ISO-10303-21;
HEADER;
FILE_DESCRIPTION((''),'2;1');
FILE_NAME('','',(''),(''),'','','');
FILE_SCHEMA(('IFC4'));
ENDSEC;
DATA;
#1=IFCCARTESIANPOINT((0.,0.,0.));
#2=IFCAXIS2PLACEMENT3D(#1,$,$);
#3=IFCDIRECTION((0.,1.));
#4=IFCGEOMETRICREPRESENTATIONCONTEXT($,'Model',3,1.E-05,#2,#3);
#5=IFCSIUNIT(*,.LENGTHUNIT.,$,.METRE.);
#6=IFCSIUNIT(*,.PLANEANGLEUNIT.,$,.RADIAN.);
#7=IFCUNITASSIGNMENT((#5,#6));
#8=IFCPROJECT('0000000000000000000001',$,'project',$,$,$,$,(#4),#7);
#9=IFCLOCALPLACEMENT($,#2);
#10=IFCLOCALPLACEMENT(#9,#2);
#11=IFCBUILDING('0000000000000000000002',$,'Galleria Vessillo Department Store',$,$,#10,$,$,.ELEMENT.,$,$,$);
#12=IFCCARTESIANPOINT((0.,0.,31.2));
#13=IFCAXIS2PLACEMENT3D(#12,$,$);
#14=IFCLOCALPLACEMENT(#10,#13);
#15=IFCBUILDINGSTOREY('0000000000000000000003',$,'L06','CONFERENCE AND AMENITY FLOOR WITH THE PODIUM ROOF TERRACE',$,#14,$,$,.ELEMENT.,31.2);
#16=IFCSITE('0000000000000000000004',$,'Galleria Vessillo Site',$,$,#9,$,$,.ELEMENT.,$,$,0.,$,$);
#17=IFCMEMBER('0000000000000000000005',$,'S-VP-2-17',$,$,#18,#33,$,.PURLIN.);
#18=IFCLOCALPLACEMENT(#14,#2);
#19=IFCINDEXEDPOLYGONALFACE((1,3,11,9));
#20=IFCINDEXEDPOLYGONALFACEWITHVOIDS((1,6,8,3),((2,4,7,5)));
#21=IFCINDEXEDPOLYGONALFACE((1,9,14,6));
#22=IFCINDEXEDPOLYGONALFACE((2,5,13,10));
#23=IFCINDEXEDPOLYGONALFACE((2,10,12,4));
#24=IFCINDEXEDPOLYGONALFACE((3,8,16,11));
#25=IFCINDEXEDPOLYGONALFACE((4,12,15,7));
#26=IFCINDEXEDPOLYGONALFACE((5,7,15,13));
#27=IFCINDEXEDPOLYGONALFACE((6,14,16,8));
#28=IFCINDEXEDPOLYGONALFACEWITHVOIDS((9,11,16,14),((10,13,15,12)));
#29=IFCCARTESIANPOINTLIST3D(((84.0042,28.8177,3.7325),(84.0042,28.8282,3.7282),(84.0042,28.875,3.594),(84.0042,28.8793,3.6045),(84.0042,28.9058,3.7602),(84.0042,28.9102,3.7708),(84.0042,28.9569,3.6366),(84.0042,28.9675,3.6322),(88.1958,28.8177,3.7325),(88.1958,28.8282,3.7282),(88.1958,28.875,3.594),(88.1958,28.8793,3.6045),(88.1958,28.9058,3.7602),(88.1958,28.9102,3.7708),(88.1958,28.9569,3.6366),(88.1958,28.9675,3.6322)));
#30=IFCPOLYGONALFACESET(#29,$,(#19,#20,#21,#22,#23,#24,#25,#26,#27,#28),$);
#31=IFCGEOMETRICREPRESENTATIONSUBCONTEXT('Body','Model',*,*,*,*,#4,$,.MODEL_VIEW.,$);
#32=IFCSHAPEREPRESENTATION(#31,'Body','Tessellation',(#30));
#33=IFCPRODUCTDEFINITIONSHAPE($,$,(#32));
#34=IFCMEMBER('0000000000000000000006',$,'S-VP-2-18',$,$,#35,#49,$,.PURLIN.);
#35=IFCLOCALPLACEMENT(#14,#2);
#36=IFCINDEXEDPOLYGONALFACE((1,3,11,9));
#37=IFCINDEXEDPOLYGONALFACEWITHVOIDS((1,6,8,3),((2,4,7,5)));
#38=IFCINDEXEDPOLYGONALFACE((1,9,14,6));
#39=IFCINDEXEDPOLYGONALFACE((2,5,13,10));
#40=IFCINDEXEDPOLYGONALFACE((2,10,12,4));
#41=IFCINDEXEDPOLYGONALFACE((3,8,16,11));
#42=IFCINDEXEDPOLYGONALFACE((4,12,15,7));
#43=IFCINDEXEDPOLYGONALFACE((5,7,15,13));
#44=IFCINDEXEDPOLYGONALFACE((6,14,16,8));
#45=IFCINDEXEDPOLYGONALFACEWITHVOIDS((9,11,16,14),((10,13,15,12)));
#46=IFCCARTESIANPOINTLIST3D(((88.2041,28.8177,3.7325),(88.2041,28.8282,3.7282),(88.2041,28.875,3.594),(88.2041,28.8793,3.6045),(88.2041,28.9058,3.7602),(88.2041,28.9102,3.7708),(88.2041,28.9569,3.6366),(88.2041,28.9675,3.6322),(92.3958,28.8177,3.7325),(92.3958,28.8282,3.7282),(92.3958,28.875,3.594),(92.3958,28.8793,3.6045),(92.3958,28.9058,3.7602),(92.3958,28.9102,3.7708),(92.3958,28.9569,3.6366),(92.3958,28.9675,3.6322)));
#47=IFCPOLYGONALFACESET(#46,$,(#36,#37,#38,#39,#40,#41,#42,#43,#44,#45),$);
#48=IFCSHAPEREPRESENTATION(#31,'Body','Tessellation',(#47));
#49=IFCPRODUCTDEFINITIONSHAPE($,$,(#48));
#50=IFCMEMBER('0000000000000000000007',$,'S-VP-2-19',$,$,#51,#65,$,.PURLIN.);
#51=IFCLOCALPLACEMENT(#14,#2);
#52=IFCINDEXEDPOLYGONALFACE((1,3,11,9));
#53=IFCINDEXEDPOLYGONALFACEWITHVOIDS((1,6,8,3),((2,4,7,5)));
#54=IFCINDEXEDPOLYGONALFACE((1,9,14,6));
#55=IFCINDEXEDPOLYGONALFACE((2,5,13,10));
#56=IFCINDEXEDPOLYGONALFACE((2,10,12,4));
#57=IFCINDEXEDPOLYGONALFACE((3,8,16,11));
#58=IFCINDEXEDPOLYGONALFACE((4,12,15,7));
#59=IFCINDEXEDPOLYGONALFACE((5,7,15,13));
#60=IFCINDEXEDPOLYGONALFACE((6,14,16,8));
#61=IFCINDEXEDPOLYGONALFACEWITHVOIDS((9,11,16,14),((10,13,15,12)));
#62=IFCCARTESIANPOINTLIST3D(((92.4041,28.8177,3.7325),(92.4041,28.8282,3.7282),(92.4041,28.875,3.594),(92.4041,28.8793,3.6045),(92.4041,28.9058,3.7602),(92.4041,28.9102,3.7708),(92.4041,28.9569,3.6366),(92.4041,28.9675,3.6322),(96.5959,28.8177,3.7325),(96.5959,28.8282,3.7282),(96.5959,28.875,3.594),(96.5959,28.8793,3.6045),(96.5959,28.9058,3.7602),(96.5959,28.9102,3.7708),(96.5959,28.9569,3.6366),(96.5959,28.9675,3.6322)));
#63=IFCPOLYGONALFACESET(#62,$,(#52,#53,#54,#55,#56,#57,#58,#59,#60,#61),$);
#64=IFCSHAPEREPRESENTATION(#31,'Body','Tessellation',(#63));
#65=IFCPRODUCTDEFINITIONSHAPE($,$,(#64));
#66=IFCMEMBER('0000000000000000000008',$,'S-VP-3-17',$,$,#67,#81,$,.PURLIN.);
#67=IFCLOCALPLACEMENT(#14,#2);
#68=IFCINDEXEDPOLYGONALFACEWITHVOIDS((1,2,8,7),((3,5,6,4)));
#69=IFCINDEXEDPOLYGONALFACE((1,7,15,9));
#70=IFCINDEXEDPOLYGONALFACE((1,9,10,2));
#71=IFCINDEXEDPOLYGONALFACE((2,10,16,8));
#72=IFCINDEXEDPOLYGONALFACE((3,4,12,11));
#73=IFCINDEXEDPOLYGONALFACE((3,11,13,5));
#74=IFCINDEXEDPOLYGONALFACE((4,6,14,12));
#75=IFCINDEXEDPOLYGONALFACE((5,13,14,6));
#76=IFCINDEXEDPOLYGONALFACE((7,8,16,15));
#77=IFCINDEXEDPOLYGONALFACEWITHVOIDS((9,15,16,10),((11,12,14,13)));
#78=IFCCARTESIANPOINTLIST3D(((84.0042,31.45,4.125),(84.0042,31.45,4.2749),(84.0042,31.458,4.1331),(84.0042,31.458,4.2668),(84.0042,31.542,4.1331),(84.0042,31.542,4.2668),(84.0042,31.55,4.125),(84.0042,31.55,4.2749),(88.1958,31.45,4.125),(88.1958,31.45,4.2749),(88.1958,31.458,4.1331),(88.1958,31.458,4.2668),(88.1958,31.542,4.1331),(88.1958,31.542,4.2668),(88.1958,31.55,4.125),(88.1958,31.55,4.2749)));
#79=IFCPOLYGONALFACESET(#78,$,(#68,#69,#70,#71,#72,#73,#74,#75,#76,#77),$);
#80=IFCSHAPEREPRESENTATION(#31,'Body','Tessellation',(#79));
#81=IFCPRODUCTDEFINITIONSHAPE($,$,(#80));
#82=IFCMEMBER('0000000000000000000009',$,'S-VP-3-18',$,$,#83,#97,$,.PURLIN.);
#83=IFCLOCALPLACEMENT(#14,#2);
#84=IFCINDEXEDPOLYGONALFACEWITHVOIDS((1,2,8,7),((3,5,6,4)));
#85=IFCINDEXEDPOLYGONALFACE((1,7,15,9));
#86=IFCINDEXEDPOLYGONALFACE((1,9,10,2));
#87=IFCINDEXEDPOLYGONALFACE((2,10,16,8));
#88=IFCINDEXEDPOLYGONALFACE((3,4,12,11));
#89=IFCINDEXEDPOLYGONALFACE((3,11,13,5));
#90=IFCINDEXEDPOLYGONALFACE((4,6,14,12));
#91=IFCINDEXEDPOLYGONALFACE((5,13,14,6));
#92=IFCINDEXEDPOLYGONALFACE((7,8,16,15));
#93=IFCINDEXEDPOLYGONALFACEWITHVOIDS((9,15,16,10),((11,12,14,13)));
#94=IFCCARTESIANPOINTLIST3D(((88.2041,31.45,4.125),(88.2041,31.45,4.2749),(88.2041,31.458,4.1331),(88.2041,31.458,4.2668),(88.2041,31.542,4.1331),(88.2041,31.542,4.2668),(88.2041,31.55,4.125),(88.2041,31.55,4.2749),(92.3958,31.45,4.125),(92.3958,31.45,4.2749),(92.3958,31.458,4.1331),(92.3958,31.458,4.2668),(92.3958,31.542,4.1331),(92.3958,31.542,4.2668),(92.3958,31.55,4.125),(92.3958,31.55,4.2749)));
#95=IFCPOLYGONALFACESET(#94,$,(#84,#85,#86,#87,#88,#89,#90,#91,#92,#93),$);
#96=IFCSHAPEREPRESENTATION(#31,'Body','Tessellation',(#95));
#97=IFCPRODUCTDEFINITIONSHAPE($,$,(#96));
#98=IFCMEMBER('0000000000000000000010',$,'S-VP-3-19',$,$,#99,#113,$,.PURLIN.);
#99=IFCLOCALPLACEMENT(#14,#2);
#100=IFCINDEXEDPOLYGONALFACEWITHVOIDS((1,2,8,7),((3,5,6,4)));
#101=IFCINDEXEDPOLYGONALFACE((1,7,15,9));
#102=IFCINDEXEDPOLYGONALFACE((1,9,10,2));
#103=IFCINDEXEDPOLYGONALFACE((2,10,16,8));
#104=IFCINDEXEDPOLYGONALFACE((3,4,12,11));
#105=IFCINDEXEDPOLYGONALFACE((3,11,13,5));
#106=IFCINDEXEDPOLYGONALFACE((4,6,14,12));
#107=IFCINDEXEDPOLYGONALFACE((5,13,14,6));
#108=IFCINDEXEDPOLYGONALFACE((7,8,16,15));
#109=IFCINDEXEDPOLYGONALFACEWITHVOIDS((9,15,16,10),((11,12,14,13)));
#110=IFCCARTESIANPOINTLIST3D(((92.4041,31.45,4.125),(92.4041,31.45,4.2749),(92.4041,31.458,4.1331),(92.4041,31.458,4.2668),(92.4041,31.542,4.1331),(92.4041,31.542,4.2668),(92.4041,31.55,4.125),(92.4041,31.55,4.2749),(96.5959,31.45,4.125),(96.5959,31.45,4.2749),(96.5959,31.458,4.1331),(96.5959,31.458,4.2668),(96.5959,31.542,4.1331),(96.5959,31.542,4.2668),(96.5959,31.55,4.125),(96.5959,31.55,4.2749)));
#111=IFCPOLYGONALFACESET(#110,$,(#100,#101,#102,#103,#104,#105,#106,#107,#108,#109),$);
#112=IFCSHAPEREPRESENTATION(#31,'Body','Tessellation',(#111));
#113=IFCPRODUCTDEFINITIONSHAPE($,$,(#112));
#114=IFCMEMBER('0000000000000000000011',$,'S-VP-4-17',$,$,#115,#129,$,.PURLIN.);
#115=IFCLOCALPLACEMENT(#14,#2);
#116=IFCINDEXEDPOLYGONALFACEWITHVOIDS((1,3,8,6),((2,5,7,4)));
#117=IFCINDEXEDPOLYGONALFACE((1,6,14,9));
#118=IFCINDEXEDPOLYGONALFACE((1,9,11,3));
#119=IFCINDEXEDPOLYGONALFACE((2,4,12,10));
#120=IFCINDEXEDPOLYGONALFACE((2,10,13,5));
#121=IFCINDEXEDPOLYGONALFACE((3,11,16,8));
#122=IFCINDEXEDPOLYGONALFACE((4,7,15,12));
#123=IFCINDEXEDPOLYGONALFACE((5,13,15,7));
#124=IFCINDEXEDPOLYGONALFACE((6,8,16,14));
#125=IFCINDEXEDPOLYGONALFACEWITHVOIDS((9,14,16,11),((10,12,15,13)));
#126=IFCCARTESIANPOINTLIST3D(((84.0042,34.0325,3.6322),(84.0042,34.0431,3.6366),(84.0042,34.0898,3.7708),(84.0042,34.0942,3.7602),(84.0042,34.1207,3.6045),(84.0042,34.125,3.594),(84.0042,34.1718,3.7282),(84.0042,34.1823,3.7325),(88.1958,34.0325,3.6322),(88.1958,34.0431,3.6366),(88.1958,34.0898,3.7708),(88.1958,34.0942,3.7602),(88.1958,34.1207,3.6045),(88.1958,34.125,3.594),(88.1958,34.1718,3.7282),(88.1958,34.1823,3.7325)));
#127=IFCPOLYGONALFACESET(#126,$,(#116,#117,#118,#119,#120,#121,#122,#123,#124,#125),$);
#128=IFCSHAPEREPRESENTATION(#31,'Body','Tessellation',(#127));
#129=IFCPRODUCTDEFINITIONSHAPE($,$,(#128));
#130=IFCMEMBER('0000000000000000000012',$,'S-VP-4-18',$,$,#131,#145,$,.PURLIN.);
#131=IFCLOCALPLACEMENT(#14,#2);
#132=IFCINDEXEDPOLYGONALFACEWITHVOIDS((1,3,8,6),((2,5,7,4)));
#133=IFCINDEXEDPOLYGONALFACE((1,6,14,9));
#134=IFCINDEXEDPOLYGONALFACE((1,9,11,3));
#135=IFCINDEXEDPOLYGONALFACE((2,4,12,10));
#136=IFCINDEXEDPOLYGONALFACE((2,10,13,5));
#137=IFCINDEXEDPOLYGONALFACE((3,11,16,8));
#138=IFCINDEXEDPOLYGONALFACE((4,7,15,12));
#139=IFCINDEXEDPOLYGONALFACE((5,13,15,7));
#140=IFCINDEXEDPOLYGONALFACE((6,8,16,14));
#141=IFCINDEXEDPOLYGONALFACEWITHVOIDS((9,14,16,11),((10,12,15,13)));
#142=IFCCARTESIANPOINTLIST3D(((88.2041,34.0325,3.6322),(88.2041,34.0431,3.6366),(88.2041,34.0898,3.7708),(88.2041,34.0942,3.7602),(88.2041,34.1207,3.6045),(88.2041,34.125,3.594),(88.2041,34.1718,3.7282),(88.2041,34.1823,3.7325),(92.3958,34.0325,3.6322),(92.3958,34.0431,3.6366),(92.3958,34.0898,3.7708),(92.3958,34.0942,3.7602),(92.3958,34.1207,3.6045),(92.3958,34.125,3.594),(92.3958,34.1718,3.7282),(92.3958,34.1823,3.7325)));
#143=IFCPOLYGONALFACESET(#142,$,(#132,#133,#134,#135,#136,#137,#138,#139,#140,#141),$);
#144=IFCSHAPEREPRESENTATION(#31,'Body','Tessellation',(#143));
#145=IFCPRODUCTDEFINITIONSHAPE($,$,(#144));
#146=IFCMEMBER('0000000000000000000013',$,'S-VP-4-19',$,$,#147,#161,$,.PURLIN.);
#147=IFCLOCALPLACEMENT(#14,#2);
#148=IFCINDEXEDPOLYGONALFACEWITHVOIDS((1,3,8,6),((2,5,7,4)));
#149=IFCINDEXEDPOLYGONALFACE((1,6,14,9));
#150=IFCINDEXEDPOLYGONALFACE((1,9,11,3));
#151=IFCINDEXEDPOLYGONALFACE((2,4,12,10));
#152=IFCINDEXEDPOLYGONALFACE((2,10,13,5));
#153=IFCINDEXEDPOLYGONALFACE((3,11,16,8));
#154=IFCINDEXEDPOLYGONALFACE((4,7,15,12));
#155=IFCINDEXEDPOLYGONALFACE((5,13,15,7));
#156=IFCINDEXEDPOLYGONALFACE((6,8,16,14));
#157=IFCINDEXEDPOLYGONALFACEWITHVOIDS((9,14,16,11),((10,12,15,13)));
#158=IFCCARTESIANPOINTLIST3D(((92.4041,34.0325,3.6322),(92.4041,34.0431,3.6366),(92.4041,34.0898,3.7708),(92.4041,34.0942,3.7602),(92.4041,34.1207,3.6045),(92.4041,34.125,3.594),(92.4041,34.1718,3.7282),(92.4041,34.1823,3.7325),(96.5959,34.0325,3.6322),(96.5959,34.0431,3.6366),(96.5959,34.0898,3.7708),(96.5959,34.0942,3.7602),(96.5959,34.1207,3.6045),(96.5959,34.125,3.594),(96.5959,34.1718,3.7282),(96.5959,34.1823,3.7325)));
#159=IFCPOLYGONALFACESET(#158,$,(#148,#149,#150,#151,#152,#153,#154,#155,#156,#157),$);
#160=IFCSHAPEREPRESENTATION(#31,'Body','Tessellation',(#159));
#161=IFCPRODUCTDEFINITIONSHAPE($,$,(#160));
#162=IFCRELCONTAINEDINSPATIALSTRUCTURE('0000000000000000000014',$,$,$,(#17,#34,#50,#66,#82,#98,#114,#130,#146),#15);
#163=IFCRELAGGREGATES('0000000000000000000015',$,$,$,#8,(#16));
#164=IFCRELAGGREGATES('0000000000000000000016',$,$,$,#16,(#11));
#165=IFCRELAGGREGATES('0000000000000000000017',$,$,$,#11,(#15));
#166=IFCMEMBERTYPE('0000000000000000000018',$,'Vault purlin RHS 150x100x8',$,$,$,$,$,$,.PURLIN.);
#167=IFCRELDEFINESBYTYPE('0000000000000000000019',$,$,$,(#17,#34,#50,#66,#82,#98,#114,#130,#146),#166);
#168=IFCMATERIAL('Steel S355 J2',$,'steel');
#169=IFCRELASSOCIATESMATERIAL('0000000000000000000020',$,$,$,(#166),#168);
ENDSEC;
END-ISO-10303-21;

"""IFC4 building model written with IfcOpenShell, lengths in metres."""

from ifc_helpers import new_model, si_unit, direction, frame, origin, origin_2d, place, context, subcontext, project, spatial, hollow_rectangle, extrude, material, material_profile, profile_set, type_object, element, save


model = new_model("IFC4")

# Units and contexts
model_context = context("Model", 3, precision=1e-05, world=origin(), true_north=direction((0.0, 1.0)))
body_context = subcontext(model_context, "Body", "Model", "MODEL_VIEW")
ifc_project = project(units=[si_unit("LENGTHUNIT", "METRE"), si_unit("PLANEANGLEUNIT", "RADIAN")], contexts=[model_context])

# Site, building, storey
site_placement = place(None, origin())
site = spatial("IfcSite", under=ifc_project, at=site_placement, Name="Galleria Vessillo Site", CompositionType="ELEMENT", RefElevation=0.0)
building_placement = place(site_placement, origin())
building = spatial("IfcBuilding", under=site, at=building_placement, Name="Galleria Vessillo Department Store", CompositionType="ELEMENT")
storey_placement = place(building_placement, frame((0.0, 0.0, 31.2)))
storey = spatial("IfcBuildingStorey", under=building, at=storey_placement, Name="L06", Description="CONFERENCE AND AMENITY FLOOR WITH THE PODIUM ROOF TERRACE", CompositionType="ELEMENT", Elevation=31.2)

# Members
ifc_material_1 = material(Name="Steel S355 J2", Category="steel")
ifc_material_profile_1 = material_profile(ifc_material_1, hollow_rectangle(XDim=0.1001, YDim=0.1499, WallThickness=0.0081, at=origin_2d()), Name="RHS 150x100x8")
ifc_profile_set_1 = profile_set([ifc_material_profile_1], Name="Steel S355 J2")
member_type_1 = type_object("IfcMemberType", Name="Vault purlin RHS 150x100x8", PredefinedType="PURLIN", material=ifc_profile_set_1)
for number, where, z_axis, x_axis, name in (
    (1, (84.0042, 28.8926, 3.6824), (1.0, 0.0, 0.0), (0.0, 0.924145, 0.382043), "S-VP-2-17"),
    (2, (88.2041, 28.8926, 3.6824), (1.0, 0.0, 0.0), (0.0, 0.924145, 0.382043), "S-VP-2-18"),
):
    element("IfcMember", number, at=place(storey_placement, frame(where, z_axis=z_axis, x_axis=x_axis)), inside=storey, type_object=member_type_1, Name=name, PredefinedType="PURLIN", context=body_context, shape_type="SweptSolid", body=[
        extrude(hollow_rectangle(XDim=0.1001, YDim=0.1499, WallThickness=0.0081, at=origin_2d()), origin(), (0.0, 0.0, 1.0), 4.1917),
    ])
member_1_placement = place(storey_placement, frame((92.4041, 28.8926, 3.6824), z_axis=(1.0, 0.0, 0.0), x_axis=(0.0, 0.924145, 0.382043)))
element("IfcMember", 3, at=member_1_placement, inside=storey, type_object=member_type_1, Name="S-VP-2-19", PredefinedType="PURLIN", context=body_context, shape_type="SweptSolid", body=[
    extrude(hollow_rectangle(XDim=0.1001, YDim=0.1499, WallThickness=0.0081, at=origin_2d()), origin(), (0.0, 0.0, 1.0), 4.1919),
])
for number, where, z_axis, x_axis, name in (
    (4, (84.0042, 31.5, 4.2), (1.0, 0.0, 0.0), (0.0, 1.0, 0.0), "S-VP-3-17"),
    (5, (88.2041, 31.5, 4.2), (1.0, 0.0, 0.0), (0.0, 1.0, 0.0), "S-VP-3-18"),
):
    element("IfcMember", number, at=place(storey_placement, frame(where, z_axis=z_axis, x_axis=x_axis)), inside=storey, type_object=member_type_1, Name=name, PredefinedType="PURLIN", context=body_context, shape_type="SweptSolid", body=[
        extrude(hollow_rectangle(XDim=0.1001, YDim=0.1499, WallThickness=0.0081, at=origin_2d()), origin(), (0.0, 0.0, 1.0), 4.1917),
    ])
member_2_placement = place(storey_placement, frame((92.4041, 31.5, 4.2), z_axis=(1.0, 0.0, 0.0), x_axis=(0.0, 1.0, 0.0)))
element("IfcMember", 6, at=member_2_placement, inside=storey, type_object=member_type_1, Name="S-VP-3-19", PredefinedType="PURLIN", context=body_context, shape_type="SweptSolid", body=[
    extrude(hollow_rectangle(XDim=0.1001, YDim=0.1499, WallThickness=0.0081, at=origin_2d()), origin(), (0.0, 0.0, 1.0), 4.1919),
])
for number, where, z_axis, x_axis, name in (
    (7, (84.0042, 34.1074, 3.6824), (1.0, 0.0, 0.0), (0.0, 0.924145, -0.382043), "S-VP-4-17"),
    (8, (88.2041, 34.1074, 3.6824), (1.0, 0.0, 0.0), (0.0, 0.924145, -0.382043), "S-VP-4-18"),
):
    element("IfcMember", number, at=place(storey_placement, frame(where, z_axis=z_axis, x_axis=x_axis)), inside=storey, type_object=member_type_1, Name=name, PredefinedType="PURLIN", context=body_context, shape_type="SweptSolid", body=[
        extrude(hollow_rectangle(XDim=0.1001, YDim=0.1499, WallThickness=0.0081, at=origin_2d()), origin(), (0.0, 0.0, 1.0), 4.1917),
    ])
member_3_placement = place(storey_placement, frame((92.4041, 34.1074, 3.6824), z_axis=(1.0, 0.0, 0.0), x_axis=(0.0, 0.924145, -0.382043)))
element("IfcMember", 9, at=member_3_placement, inside=storey, type_object=member_type_1, Name="S-VP-4-19", PredefinedType="PURLIN", context=body_context, shape_type="SweptSolid", body=[
    extrude(hollow_rectangle(XDim=0.1001, YDim=0.1499, WallThickness=0.0081, at=origin_2d()), origin(), (0.0, 0.0, 1.0), 4.1919),
])

save(model, "model.ifc")
